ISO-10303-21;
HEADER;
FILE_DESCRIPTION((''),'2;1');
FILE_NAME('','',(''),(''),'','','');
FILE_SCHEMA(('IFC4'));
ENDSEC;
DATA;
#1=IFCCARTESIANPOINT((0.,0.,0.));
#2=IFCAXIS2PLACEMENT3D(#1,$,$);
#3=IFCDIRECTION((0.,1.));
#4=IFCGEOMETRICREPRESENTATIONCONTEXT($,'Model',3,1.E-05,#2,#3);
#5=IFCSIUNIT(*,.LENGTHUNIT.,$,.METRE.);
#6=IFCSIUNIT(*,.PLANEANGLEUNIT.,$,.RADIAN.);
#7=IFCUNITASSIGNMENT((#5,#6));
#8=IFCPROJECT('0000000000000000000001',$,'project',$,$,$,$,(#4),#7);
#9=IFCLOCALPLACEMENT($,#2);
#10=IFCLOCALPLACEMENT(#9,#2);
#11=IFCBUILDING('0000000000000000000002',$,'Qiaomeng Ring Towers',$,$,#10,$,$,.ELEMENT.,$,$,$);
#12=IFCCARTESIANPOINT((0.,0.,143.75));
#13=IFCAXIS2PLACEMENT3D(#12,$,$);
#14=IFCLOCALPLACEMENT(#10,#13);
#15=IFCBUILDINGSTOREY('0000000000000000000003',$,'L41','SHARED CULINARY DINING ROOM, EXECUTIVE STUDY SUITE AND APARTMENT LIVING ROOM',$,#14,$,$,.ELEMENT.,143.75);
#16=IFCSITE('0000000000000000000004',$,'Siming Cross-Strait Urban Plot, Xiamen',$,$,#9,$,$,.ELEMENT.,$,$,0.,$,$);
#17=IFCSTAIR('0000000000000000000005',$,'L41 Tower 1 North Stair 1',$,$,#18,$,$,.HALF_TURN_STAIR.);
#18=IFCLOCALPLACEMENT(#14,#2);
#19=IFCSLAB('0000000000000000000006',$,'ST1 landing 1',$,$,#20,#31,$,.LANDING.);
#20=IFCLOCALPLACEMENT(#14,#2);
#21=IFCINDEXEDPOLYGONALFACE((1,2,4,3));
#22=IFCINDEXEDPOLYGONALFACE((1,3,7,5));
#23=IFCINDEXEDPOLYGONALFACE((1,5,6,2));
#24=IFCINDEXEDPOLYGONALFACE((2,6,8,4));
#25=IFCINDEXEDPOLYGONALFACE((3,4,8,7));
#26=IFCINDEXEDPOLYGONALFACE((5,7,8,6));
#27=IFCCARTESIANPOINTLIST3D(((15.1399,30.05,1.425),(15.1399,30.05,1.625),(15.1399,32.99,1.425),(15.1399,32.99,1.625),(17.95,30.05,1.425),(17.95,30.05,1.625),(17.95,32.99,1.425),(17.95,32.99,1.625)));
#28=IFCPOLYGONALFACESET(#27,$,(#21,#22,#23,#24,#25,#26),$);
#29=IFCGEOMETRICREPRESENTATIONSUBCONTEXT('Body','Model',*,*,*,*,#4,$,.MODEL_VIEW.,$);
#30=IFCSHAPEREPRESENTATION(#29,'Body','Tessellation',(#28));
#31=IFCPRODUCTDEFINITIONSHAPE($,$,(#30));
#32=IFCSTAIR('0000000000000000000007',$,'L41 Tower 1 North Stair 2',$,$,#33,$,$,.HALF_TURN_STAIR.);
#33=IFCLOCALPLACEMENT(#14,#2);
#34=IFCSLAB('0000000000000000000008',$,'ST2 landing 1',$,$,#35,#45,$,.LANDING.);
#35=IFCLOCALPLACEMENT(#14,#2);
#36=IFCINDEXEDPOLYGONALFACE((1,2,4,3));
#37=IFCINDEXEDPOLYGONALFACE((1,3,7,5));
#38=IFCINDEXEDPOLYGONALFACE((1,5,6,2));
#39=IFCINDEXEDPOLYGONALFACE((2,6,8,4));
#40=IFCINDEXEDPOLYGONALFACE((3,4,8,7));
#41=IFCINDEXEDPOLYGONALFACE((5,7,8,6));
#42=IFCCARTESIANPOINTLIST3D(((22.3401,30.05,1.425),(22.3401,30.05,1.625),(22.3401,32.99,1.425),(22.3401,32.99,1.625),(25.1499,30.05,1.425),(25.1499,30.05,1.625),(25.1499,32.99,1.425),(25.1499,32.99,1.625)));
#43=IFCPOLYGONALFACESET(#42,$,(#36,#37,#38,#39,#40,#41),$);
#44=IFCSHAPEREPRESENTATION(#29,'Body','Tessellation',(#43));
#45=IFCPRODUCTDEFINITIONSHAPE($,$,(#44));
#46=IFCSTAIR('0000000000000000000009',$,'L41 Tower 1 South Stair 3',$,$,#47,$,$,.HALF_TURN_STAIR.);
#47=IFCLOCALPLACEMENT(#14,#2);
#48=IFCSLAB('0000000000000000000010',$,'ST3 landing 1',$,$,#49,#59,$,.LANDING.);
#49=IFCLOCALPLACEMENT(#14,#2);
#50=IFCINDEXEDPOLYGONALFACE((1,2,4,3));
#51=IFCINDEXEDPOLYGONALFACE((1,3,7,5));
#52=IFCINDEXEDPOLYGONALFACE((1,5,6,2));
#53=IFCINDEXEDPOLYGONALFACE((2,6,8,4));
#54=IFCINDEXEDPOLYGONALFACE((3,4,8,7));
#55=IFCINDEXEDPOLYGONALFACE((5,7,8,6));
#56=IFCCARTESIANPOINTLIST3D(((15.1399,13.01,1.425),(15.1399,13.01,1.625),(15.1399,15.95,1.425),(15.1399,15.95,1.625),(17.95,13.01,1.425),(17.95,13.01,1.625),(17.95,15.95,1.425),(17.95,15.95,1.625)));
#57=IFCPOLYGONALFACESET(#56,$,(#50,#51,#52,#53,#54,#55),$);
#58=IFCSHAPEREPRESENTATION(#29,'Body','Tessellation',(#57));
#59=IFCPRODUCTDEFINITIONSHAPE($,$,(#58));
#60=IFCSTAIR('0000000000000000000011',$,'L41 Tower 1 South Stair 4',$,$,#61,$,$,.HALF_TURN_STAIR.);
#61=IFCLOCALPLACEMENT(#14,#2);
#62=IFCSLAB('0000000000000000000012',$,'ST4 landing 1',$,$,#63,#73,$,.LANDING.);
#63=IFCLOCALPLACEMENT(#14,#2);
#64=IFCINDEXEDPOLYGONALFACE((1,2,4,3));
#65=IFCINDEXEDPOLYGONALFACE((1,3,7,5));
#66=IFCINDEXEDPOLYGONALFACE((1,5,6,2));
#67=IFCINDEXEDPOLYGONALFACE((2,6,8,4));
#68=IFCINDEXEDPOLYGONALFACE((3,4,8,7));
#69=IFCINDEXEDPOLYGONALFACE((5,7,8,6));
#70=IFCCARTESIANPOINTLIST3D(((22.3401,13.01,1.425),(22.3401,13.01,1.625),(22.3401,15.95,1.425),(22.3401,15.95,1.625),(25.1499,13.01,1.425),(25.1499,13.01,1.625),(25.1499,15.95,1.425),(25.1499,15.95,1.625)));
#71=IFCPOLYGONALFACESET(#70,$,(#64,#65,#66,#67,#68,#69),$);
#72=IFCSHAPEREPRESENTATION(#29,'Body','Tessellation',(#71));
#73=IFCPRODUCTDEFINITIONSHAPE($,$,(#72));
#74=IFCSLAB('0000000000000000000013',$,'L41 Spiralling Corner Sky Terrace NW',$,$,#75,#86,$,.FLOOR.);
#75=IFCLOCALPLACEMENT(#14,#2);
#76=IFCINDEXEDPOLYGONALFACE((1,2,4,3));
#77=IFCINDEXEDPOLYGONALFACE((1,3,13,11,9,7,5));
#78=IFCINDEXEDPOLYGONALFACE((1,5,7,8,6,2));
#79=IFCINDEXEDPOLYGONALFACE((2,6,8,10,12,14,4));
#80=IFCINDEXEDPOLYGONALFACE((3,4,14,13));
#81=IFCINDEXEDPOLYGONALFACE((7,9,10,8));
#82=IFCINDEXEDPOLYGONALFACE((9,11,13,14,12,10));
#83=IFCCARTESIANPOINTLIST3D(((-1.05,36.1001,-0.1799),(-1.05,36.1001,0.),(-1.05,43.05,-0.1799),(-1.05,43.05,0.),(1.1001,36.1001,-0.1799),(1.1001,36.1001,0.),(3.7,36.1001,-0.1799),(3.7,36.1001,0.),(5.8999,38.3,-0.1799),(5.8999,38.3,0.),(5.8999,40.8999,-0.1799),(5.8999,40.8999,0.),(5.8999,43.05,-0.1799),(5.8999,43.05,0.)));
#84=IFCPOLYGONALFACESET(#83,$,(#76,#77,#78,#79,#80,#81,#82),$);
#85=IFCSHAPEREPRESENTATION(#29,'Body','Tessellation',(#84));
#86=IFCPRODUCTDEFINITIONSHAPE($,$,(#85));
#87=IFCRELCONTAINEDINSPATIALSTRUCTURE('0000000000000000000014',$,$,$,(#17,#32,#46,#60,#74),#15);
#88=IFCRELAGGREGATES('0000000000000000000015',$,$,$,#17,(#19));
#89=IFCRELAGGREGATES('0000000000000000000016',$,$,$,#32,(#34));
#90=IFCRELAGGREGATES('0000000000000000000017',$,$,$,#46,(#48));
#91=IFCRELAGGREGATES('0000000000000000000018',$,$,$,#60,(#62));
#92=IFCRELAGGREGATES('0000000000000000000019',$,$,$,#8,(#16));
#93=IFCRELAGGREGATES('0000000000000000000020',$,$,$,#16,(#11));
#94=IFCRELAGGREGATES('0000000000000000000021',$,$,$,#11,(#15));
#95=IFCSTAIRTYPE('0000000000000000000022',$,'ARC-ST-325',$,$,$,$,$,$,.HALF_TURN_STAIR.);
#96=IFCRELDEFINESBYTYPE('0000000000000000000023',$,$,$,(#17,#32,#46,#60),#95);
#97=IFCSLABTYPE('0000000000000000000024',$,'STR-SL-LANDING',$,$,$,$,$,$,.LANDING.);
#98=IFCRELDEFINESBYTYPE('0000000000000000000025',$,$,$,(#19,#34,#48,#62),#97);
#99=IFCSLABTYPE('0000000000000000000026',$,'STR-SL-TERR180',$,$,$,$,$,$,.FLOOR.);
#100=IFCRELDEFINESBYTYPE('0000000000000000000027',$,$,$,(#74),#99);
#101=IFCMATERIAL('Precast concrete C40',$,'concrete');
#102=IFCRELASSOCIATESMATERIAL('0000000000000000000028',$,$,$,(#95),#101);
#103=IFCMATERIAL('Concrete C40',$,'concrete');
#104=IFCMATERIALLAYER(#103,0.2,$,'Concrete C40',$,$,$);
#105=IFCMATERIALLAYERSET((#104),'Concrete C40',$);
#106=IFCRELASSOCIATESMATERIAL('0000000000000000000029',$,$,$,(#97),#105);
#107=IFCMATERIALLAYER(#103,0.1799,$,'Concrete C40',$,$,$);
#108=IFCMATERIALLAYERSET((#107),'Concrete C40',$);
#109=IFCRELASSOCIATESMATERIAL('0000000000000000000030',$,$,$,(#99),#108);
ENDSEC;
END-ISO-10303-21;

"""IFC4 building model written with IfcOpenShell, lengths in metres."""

from ifc_helpers import new_model, si_unit, direction, frame, origin, place, context, subcontext, project, spatial, polyline, outline, extrude, material, layer, layer_set, type_object, element, aggregate, save


model = new_model("IFC4")

# Units and contexts
model_context = context("Model", 3, precision=1e-05, world=origin(), true_north=direction((0.0, 1.0)))
body_context = subcontext(model_context, "Body", "Model", "MODEL_VIEW")
ifc_project = project(units=[si_unit("LENGTHUNIT", "METRE"), si_unit("PLANEANGLEUNIT", "RADIAN")], contexts=[model_context])

# Site, building, storey
site_placement = place(None, origin())
site = spatial("IfcSite", under=ifc_project, at=site_placement, Name="Siming Cross-Strait Urban Plot, Xiamen", CompositionType="ELEMENT", RefElevation=0.0)
building_placement = place(site_placement, origin())
building = spatial("IfcBuilding", under=site, at=building_placement, Name="Qiaomeng Ring Towers", CompositionType="ELEMENT")
storey_placement = place(building_placement, frame((0.0, 0.0, 143.75)))
storey = spatial("IfcBuildingStorey", under=building, at=storey_placement, Name="L41", Description="SHARED CULINARY DINING ROOM, EXECUTIVE STUDY SUITE AND APARTMENT LIVING ROOM", CompositionType="ELEMENT", Elevation=143.75)

# Shared definitions
ifc_material_1 = material(Name="Concrete C40", Category="concrete")

# Stairs, slabs
ifc_material_2 = material(Name="Precast concrete C40", Category="concrete")
stair_type = type_object("IfcStairType", Name="ARC-ST-325", PredefinedType="HALF_TURN_STAIR", material=ifc_material_2)
stair_1_placement = place(storey_placement, origin())
stair_1 = element("IfcStair", 1, at=stair_1_placement, inside=storey, type_object=stair_type, Name="L41 Tower 1 North Stair 1", PredefinedType="HALF_TURN_STAIR")
ifc_layer_1 = layer(ifc_material_1, 0.2, Name="Concrete C40")
ifc_layer_set_1 = layer_set([ifc_layer_1], Name="Concrete C40")
slab_type_1 = type_object("IfcSlabType", Name="STR-SL-LANDING", PredefinedType="LANDING", material=ifc_layer_set_1)
slab_1_placement = place(storey_placement, frame((0.0, 0.0, 1.425)))
slab_1 = element("IfcSlab", 2, at=slab_1_placement, type_object=slab_type_1, Name="ST1 landing 1", PredefinedType="LANDING", context=body_context, shape_type="SweptSolid", body=[
    extrude(outline(polyline([(15.1399, 30.05), (17.95, 30.05), (17.95, 32.99), (15.1399, 32.99), (15.1399, 30.05)])), origin(), (0.0, 0.0, 1.0), 0.2),
])
aggregate(stair_1, [slab_1])
stair_2_placement = place(storey_placement, origin())
stair_2 = element("IfcStair", 3, at=stair_2_placement, inside=storey, type_object=stair_type, Name="L41 Tower 1 North Stair 2", PredefinedType="HALF_TURN_STAIR")
slab_2_placement = place(storey_placement, frame((0.0, 0.0, 1.425)))
slab_2 = element("IfcSlab", 4, at=slab_2_placement, type_object=slab_type_1, Name="ST2 landing 1", PredefinedType="LANDING", context=body_context, shape_type="SweptSolid", body=[
    extrude(outline(polyline([(22.3401, 30.05), (25.1499, 30.05), (25.1499, 32.99), (22.3401, 32.99), (22.3401, 30.05)])), origin(), (0.0, 0.0, 1.0), 0.2),
])
aggregate(stair_2, [slab_2])
stair_3_placement = place(storey_placement, origin())
stair_3 = element("IfcStair", 5, at=stair_3_placement, inside=storey, type_object=stair_type, Name="L41 Tower 1 South Stair 3", PredefinedType="HALF_TURN_STAIR")
slab_3_placement = place(storey_placement, frame((0.0, 0.0, 1.425)))
slab_3 = element("IfcSlab", 6, at=slab_3_placement, type_object=slab_type_1, Name="ST3 landing 1", PredefinedType="LANDING", context=body_context, shape_type="SweptSolid", body=[
    extrude(outline(polyline([(15.1399, 13.01), (17.95, 13.01), (17.95, 15.95), (15.1399, 15.95), (15.1399, 13.01)])), origin(), (0.0, 0.0, 1.0), 0.2),
])
aggregate(stair_3, [slab_3])
stair_4_placement = place(storey_placement, origin())
stair_4 = element("IfcStair", 7, at=stair_4_placement, inside=storey, type_object=stair_type, Name="L41 Tower 1 South Stair 4", PredefinedType="HALF_TURN_STAIR")
slab_4_placement = place(storey_placement, frame((0.0, 0.0, 1.425)))
slab_4 = element("IfcSlab", 8, at=slab_4_placement, type_object=slab_type_1, Name="ST4 landing 1", PredefinedType="LANDING", context=body_context, shape_type="SweptSolid", body=[
    extrude(outline(polyline([(22.3401, 13.01), (25.1499, 13.01), (25.1499, 15.95), (22.3401, 15.95), (22.3401, 13.01)])), origin(), (0.0, 0.0, 1.0), 0.2),
])
aggregate(stair_4, [slab_4])

# Slab
ifc_layer_2 = layer(ifc_material_1, 0.1799, Name="Concrete C40")
ifc_layer_set_2 = layer_set([ifc_layer_2], Name="Concrete C40")
slab_type_2 = type_object("IfcSlabType", Name="STR-SL-TERR180", PredefinedType="FLOOR", material=ifc_layer_set_2)
slab_5_placement = place(storey_placement, frame((0.0, 0.0, -0.1799)))
element("IfcSlab", 9, at=slab_5_placement, inside=storey, type_object=slab_type_2, Name="L41 Spiralling Corner Sky Terrace NW", PredefinedType="FLOOR", context=body_context, shape_type="SweptSolid", body=[
    extrude(outline(polyline([(-1.05, 36.1001), (-1.05, 43.05), (5.8999, 43.05), (5.8999, 40.8999), (5.8999, 40.8999), (5.8999, 38.3), (3.7, 36.1001), (1.1001, 36.1001), (-1.05, 36.1001)])), origin(), (0.0, 0.0, 1.0), 0.1799),
])

save(model, "model.ifc")
